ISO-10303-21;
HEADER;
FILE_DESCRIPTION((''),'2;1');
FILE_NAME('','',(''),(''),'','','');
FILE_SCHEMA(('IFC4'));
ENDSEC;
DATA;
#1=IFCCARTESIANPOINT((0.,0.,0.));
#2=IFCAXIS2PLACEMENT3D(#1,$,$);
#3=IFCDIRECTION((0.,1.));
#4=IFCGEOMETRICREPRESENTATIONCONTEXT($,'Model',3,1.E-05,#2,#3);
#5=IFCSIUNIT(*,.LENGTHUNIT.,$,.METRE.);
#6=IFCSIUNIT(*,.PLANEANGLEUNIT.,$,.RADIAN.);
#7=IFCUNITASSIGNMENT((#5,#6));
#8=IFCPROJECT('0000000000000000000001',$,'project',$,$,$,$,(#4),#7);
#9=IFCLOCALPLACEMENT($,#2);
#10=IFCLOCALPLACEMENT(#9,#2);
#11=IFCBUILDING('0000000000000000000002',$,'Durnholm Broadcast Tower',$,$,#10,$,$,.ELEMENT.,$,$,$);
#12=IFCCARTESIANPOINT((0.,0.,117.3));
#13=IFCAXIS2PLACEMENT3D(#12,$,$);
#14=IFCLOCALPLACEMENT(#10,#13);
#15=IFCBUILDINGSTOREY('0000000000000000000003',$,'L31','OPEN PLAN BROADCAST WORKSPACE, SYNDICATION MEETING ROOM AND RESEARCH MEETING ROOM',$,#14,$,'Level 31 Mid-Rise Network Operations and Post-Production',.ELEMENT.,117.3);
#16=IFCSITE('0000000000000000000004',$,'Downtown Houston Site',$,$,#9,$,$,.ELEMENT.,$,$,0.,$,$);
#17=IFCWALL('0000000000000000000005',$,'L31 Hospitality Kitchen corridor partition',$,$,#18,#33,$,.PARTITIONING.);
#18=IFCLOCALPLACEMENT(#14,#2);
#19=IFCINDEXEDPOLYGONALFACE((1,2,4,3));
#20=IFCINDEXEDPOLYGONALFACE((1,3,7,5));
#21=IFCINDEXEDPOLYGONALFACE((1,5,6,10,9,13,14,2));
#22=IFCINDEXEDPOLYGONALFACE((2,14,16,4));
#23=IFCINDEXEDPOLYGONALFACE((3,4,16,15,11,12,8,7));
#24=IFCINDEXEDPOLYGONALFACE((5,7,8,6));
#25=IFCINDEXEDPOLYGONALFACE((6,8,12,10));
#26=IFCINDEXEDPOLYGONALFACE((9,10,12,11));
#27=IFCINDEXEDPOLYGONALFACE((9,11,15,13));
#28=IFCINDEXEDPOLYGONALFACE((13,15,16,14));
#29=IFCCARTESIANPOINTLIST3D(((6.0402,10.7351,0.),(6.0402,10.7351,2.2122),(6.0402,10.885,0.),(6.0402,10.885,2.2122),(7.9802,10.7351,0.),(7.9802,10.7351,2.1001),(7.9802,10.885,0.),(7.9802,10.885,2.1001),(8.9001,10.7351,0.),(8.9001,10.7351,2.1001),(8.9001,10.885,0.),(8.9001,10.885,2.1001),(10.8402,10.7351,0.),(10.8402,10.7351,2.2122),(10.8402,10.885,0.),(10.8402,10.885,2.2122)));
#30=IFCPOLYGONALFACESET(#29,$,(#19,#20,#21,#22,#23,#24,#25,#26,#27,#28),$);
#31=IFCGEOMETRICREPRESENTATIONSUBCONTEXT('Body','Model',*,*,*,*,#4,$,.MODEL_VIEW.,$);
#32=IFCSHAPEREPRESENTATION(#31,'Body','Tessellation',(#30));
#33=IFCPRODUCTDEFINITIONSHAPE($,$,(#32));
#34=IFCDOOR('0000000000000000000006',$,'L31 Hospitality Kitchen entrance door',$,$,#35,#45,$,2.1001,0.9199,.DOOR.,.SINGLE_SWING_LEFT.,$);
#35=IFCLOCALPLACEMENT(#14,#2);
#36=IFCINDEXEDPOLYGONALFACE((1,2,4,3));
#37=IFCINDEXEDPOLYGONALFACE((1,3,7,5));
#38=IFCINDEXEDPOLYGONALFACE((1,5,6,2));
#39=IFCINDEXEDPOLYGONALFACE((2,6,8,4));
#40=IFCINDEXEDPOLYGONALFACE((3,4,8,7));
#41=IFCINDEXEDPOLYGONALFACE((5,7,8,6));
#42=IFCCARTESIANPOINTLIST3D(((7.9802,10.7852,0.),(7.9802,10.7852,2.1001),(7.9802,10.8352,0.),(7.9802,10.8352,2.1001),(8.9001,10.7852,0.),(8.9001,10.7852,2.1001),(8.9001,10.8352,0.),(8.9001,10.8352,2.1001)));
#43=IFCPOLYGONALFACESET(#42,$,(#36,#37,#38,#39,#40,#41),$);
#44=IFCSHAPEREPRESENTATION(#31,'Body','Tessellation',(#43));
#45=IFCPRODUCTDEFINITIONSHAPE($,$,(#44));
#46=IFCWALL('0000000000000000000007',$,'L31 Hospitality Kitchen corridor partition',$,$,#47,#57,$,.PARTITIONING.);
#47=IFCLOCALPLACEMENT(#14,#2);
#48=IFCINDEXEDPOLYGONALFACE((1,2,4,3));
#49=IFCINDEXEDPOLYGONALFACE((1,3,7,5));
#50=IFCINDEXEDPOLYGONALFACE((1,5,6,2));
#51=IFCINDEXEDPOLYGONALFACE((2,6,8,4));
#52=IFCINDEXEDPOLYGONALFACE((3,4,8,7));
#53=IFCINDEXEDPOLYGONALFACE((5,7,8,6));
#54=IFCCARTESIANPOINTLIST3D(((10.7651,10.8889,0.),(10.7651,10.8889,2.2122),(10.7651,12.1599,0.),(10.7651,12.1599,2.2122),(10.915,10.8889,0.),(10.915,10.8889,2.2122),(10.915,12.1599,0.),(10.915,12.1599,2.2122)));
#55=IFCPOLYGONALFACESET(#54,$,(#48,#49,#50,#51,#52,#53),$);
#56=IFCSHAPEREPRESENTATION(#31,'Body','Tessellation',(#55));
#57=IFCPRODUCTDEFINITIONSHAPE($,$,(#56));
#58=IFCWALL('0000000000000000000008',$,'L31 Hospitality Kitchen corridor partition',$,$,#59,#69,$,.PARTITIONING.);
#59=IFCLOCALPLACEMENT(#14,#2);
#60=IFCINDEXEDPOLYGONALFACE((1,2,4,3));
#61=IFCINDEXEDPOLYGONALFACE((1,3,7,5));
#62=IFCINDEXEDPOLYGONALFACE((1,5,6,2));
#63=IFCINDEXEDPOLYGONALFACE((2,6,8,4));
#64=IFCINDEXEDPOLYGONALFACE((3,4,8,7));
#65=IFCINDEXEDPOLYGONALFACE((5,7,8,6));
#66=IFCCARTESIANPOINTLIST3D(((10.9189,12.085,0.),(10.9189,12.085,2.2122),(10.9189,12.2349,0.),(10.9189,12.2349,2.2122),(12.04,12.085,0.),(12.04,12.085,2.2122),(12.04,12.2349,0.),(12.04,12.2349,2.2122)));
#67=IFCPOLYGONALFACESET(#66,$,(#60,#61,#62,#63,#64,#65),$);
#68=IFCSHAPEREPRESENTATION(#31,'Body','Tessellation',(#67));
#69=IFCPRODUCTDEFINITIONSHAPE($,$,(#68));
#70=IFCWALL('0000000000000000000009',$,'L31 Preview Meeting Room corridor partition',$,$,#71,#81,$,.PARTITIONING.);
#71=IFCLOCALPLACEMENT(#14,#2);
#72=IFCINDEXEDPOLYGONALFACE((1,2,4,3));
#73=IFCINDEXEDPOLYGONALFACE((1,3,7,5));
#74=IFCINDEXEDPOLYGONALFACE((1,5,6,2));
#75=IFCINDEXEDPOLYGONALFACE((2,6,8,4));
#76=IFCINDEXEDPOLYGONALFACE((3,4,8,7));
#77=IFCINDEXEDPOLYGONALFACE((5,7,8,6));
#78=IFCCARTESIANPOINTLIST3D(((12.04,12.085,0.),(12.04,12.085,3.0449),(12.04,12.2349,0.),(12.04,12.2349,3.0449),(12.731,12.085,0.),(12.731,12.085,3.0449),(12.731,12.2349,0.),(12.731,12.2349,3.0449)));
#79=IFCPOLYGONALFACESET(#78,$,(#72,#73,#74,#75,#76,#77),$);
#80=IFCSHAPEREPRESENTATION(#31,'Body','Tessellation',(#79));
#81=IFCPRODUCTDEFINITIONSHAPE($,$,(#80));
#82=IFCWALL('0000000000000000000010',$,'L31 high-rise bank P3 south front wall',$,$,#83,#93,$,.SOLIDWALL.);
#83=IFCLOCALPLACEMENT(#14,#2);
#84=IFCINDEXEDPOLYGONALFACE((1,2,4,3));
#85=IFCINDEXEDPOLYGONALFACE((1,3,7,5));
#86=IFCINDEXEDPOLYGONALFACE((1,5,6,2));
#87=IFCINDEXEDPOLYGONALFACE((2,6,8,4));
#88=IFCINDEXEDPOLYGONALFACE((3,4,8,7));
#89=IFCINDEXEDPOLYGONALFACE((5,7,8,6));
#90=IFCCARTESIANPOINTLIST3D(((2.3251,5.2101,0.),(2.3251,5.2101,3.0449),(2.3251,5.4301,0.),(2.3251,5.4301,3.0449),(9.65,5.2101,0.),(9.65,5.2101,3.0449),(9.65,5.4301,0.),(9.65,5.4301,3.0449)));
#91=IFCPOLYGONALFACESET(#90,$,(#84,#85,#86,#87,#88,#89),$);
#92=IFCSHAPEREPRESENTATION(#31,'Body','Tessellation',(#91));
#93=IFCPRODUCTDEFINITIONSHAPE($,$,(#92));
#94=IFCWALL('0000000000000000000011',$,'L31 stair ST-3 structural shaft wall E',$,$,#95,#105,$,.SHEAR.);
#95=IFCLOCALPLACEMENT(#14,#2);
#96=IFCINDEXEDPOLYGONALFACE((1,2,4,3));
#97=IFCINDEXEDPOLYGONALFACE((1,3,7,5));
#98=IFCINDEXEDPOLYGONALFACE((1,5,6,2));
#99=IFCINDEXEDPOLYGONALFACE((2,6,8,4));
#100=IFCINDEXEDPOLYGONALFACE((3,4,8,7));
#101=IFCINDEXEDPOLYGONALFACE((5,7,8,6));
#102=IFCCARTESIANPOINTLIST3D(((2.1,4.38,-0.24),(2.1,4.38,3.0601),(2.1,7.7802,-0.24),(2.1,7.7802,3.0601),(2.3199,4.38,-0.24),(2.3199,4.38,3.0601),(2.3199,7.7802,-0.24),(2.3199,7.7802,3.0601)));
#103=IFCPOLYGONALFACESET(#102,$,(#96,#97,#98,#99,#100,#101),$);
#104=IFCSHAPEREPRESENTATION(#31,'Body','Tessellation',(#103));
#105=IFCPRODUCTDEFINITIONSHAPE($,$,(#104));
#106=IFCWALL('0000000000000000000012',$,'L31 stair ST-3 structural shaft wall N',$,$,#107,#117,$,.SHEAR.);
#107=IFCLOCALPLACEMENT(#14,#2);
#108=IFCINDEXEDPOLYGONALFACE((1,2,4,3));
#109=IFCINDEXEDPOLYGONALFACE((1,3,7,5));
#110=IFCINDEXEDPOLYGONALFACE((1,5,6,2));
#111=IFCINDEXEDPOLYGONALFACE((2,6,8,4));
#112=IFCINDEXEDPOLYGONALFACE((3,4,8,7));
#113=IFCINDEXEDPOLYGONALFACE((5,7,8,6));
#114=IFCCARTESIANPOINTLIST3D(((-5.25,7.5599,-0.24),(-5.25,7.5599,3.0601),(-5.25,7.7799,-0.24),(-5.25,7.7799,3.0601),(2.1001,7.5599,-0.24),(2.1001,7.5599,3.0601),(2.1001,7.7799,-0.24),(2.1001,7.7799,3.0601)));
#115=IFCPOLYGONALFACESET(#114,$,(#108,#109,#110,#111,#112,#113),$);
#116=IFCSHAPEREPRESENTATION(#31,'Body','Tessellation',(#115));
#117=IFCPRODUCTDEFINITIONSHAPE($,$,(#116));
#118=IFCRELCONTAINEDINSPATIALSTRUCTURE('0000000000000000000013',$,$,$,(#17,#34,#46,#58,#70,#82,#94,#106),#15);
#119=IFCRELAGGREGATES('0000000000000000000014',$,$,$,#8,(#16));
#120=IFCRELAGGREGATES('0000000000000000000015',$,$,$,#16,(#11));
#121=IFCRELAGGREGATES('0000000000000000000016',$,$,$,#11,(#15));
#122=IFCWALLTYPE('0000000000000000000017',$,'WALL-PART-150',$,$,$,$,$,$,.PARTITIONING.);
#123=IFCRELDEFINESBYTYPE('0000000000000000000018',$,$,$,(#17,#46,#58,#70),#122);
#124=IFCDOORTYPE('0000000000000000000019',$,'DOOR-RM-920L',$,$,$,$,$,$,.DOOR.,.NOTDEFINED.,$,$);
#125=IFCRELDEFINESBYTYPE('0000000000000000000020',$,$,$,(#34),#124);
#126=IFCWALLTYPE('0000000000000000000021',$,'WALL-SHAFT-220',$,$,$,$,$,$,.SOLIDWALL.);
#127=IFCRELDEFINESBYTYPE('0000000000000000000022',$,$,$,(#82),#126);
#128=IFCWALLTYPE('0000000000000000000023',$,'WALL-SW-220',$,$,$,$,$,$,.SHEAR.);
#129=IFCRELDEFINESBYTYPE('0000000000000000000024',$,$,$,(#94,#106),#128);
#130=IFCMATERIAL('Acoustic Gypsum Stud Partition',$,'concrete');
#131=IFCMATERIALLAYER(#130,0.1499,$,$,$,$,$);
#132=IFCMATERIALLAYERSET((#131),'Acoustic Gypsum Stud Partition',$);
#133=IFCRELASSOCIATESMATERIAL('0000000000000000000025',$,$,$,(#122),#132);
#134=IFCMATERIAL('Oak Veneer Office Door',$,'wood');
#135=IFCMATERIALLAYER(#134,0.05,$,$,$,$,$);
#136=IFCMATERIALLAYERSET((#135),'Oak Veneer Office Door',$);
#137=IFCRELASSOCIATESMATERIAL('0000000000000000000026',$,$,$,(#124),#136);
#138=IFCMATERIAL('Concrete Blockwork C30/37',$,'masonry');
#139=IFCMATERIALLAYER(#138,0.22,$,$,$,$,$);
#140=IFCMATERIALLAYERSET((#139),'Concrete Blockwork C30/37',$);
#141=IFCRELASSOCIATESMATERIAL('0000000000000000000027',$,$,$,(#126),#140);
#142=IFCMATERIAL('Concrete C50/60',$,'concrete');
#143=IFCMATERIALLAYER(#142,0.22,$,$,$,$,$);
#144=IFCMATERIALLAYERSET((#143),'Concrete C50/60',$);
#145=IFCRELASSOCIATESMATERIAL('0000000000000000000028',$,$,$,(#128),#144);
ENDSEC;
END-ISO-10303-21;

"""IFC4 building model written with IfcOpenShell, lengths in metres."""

from ifc_helpers import new_model, si_unit, direction, frame, frame_2d, origin, place, context, subcontext, project, spatial, rectangle, extrude, source, transform, mapped, material, layer, layer_set, type_object, type_shapes, element, fill, save


model = new_model("IFC4")

# Units and contexts
model_context = context("Model", 3, precision=1e-05, world=origin(), true_north=direction((0.0, 1.0)))
body_context = subcontext(model_context, "Body", "Model", "MODEL_VIEW")
ifc_project = project(units=[si_unit("LENGTHUNIT", "METRE"), si_unit("PLANEANGLEUNIT", "RADIAN")], contexts=[model_context])

# Site, building, storey
site_placement = place(None, origin())
site = spatial("IfcSite", under=ifc_project, at=site_placement, Name="Downtown Houston Site", CompositionType="ELEMENT", RefElevation=0.0)
building_placement = place(site_placement, origin())
building = spatial("IfcBuilding", under=site, at=building_placement, Name="Durnholm Broadcast Tower", CompositionType="ELEMENT")
storey_placement = place(building_placement, frame((0.0, 0.0, 117.3)))
storey = spatial("IfcBuildingStorey", under=building, at=storey_placement, Name="L31", Description="OPEN PLAN BROADCAST WORKSPACE, SYNDICATION MEETING ROOM AND RESEARCH MEETING ROOM", LongName="Level 31 Mid-Rise Network Operations and Post-Production", CompositionType="ELEMENT", Elevation=117.3)

# Wall, opening, door
ifc_material_1 = material(Name="Acoustic Gypsum Stud Partition", Category="concrete")
ifc_layer_1 = layer(ifc_material_1, 0.1499)
ifc_layer_set_1 = layer_set([ifc_layer_1], Name="Acoustic Gypsum Stud Partition")
wall_type_1 = type_object("IfcWallType", Name="WALL-PART-150", PredefinedType="PARTITIONING", material=ifc_layer_set_1)
wall_1_placement = place(storey_placement, frame((10.8401, 10.8101, 0.0), z_axis=(0.0, 0.0, 1.0), x_axis=(-1.0, 0.0, 0.0)))
wall_1 = element("IfcWall", 1, at=wall_1_placement, inside=storey, type_object=wall_type_1, Name="L31 Hospitality Kitchen corridor partition", PredefinedType="PARTITIONING", context=body_context, shape_type="SweptSolid", body=[
    extrude(rectangle(XDim=4.8, YDim=0.1499, at=frame_2d((2.3999, 0.0))), origin(), (0.0, 0.0, 1.0), 2.2122),
])
opening_1_placement = place(wall_1_placement, frame((1.9399, 0.0, 0.0)))
opening_1 = element("IfcOpeningElement", 2, at=opening_1_placement, cuts=wall_1, PredefinedType="OPENING", context=body_context, shape_type="SweptSolid", body=[
    extrude(rectangle(XDim=0.9199, YDim=2.1001, at=frame_2d((0.46, 1.05))), frame((0.0, 0.085, 0.0), z_axis=(0.0, -1.0, 0.0), x_axis=(1.0, 0.0, 0.0)), (0.0, 0.0, 1.0), 0.1699),
])
ifc_material_2 = material(Name="Oak Veneer Office Door", Category="wood")
ifc_layer_2 = layer(ifc_material_2, 0.05)
ifc_layer_set_2 = layer_set([ifc_layer_2], Name="Oak Veneer Office Door")
door_type_1 = type_object("IfcDoorType", Name="DOOR-RM-920L", OperationType="NOTDEFINED", PredefinedType="DOOR", material=ifc_layer_set_2)
shared_shape_1 = source(origin(), body_context, "Body", "SweptSolid", [
    extrude(rectangle(XDim=0.9199, YDim=2.1001, at=frame_2d((0.46, 1.05))), frame((0.0, 0.0249, 0.0), z_axis=(0.0, -1.0, 0.0), x_axis=(1.0, 0.0, 0.0)), (0.0, 0.0, 1.0), 0.05),
])
type_shapes(door_type_1, [shared_shape_1])
door_1_placement = place(opening_1_placement, origin())
door_1 = element("IfcDoor", 3, at=door_1_placement, inside=storey, type_object=door_type_1, Name="L31 Hospitality Kitchen entrance door", OperationType="SINGLE_SWING_LEFT", OverallHeight=2.1001, OverallWidth=0.9199, PredefinedType="DOOR", context=body_context, shape_type="MappedRepresentation", body=[
    mapped(shared_shape_1, transform((0.0, 0.0, 0.0), x_axis=(1.0, 0.0, 0.0), y_axis=(0.0, 1.0, 0.0), z_axis=(0.0, 0.0, 1.0), scale=1.0)),
])
fill(opening_1, door_1)

# Walls
wall_2_placement = place(storey_placement, frame((10.8401, 12.1599, 0.0), z_axis=(0.0, 0.0, 1.0), x_axis=(0.0, -1.0, 0.0)))
element("IfcWall", 4, at=wall_2_placement, inside=storey, type_object=wall_type_1, Name="L31 Hospitality Kitchen corridor partition", PredefinedType="PARTITIONING", context=body_context, shape_type="SweptSolid", body=[
    extrude(rectangle(XDim=1.271, YDim=0.1499, at=frame_2d((0.6355, 0.0))), origin(), (0.0, 0.0, 1.0), 2.2122),
])
wall_3_placement = place(storey_placement, frame((12.04, 12.1599, 0.0), z_axis=(0.0, 0.0, 1.0), x_axis=(-1.0, 0.0, 0.0)))
element("IfcWall", 5, at=wall_3_placement, inside=storey, type_object=wall_type_1, Name="L31 Hospitality Kitchen corridor partition", PredefinedType="PARTITIONING", context=body_context, shape_type="SweptSolid", body=[
    extrude(rectangle(XDim=1.1211, YDim=0.1499, at=frame_2d((0.5605, 0.0))), origin(), (0.0, 0.0, 1.0), 2.2122),
])
wall_4_placement = place(storey_placement, frame((12.731, 12.1599, 0.0), z_axis=(0.0, 0.0, 1.0), x_axis=(-1.0, 0.0, 0.0)))
element("IfcWall", 6, at=wall_4_placement, inside=storey, type_object=wall_type_1, Name="L31 Preview Meeting Room corridor partition", PredefinedType="PARTITIONING", context=body_context, shape_type="SweptSolid", body=[
    extrude(rectangle(XDim=0.6909, YDim=0.1499, at=frame_2d((0.3455, 0.0))), origin(), (0.0, 0.0, 1.0), 3.0449),
])

# Shared definitions
ifc_material_3 = material(Name="Concrete Blockwork C30/37", Category="masonry")
ifc_layer_3 = layer(ifc_material_3, 0.22)
ifc_layer_set_3 = layer_set([ifc_layer_3], Name="Concrete Blockwork C30/37")
wall_type_2 = type_object("IfcWallType", Name="WALL-SHAFT-220", PredefinedType="SOLIDWALL", material=ifc_layer_set_3)

# Walls
wall_5_placement = place(storey_placement, frame((2.325, 5.3201, 0.0), z_axis=(0.0, 0.0, 1.0), x_axis=(1.0, 0.0, 0.0)))
element("IfcWall", 7, at=wall_5_placement, inside=storey, type_object=wall_type_2, Name="L31 high-rise bank P3 south front wall", PredefinedType="SOLIDWALL", context=body_context, shape_type="SweptSolid", body=[
    extrude(rectangle(XDim=7.325, YDim=0.22, at=frame_2d((3.6626, 0.0))), origin(), (0.0, 0.0, 1.0), 3.0449),
])
ifc_material_4 = material(Name="Concrete C50/60", Category="concrete")
ifc_layer_4 = layer(ifc_material_4, 0.22)
ifc_layer_set_4 = layer_set([ifc_layer_4], Name="Concrete C50/60")
wall_type_3 = type_object("IfcWallType", Name="WALL-SW-220", PredefinedType="SHEAR", material=ifc_layer_set_4)
wall_6_placement = place(storey_placement, frame((2.21, 4.3799, -0.24), z_axis=(0.0, 0.0, 1.0), x_axis=(0.0, 1.0, 0.0)))
element("IfcWall", 8, at=wall_6_placement, inside=storey, type_object=wall_type_3, Name="L31 stair ST-3 structural shaft wall E", PredefinedType="SHEAR", context=body_context, shape_type="SweptSolid", body=[
    extrude(rectangle(XDim=3.4001, YDim=0.22, at=frame_2d((1.7002, 0.0))), origin(), (0.0, 0.0, 1.0), 3.3),
])
wall_7_placement = place(storey_placement, frame((2.1001, 7.6699, -0.24), z_axis=(0.0, 0.0, 1.0), x_axis=(-1.0, 0.0, 0.0)))
element("IfcWall", 9, at=wall_7_placement, inside=storey, type_object=wall_type_3, Name="L31 stair ST-3 structural shaft wall N", PredefinedType="SHEAR", context=body_context, shape_type="SweptSolid", body=[
    extrude(rectangle(XDim=7.3501, YDim=0.22, at=frame_2d((3.675, 0.0))), origin(), (0.0, 0.0, 1.0), 3.3),
])

save(model, "model.ifc")
